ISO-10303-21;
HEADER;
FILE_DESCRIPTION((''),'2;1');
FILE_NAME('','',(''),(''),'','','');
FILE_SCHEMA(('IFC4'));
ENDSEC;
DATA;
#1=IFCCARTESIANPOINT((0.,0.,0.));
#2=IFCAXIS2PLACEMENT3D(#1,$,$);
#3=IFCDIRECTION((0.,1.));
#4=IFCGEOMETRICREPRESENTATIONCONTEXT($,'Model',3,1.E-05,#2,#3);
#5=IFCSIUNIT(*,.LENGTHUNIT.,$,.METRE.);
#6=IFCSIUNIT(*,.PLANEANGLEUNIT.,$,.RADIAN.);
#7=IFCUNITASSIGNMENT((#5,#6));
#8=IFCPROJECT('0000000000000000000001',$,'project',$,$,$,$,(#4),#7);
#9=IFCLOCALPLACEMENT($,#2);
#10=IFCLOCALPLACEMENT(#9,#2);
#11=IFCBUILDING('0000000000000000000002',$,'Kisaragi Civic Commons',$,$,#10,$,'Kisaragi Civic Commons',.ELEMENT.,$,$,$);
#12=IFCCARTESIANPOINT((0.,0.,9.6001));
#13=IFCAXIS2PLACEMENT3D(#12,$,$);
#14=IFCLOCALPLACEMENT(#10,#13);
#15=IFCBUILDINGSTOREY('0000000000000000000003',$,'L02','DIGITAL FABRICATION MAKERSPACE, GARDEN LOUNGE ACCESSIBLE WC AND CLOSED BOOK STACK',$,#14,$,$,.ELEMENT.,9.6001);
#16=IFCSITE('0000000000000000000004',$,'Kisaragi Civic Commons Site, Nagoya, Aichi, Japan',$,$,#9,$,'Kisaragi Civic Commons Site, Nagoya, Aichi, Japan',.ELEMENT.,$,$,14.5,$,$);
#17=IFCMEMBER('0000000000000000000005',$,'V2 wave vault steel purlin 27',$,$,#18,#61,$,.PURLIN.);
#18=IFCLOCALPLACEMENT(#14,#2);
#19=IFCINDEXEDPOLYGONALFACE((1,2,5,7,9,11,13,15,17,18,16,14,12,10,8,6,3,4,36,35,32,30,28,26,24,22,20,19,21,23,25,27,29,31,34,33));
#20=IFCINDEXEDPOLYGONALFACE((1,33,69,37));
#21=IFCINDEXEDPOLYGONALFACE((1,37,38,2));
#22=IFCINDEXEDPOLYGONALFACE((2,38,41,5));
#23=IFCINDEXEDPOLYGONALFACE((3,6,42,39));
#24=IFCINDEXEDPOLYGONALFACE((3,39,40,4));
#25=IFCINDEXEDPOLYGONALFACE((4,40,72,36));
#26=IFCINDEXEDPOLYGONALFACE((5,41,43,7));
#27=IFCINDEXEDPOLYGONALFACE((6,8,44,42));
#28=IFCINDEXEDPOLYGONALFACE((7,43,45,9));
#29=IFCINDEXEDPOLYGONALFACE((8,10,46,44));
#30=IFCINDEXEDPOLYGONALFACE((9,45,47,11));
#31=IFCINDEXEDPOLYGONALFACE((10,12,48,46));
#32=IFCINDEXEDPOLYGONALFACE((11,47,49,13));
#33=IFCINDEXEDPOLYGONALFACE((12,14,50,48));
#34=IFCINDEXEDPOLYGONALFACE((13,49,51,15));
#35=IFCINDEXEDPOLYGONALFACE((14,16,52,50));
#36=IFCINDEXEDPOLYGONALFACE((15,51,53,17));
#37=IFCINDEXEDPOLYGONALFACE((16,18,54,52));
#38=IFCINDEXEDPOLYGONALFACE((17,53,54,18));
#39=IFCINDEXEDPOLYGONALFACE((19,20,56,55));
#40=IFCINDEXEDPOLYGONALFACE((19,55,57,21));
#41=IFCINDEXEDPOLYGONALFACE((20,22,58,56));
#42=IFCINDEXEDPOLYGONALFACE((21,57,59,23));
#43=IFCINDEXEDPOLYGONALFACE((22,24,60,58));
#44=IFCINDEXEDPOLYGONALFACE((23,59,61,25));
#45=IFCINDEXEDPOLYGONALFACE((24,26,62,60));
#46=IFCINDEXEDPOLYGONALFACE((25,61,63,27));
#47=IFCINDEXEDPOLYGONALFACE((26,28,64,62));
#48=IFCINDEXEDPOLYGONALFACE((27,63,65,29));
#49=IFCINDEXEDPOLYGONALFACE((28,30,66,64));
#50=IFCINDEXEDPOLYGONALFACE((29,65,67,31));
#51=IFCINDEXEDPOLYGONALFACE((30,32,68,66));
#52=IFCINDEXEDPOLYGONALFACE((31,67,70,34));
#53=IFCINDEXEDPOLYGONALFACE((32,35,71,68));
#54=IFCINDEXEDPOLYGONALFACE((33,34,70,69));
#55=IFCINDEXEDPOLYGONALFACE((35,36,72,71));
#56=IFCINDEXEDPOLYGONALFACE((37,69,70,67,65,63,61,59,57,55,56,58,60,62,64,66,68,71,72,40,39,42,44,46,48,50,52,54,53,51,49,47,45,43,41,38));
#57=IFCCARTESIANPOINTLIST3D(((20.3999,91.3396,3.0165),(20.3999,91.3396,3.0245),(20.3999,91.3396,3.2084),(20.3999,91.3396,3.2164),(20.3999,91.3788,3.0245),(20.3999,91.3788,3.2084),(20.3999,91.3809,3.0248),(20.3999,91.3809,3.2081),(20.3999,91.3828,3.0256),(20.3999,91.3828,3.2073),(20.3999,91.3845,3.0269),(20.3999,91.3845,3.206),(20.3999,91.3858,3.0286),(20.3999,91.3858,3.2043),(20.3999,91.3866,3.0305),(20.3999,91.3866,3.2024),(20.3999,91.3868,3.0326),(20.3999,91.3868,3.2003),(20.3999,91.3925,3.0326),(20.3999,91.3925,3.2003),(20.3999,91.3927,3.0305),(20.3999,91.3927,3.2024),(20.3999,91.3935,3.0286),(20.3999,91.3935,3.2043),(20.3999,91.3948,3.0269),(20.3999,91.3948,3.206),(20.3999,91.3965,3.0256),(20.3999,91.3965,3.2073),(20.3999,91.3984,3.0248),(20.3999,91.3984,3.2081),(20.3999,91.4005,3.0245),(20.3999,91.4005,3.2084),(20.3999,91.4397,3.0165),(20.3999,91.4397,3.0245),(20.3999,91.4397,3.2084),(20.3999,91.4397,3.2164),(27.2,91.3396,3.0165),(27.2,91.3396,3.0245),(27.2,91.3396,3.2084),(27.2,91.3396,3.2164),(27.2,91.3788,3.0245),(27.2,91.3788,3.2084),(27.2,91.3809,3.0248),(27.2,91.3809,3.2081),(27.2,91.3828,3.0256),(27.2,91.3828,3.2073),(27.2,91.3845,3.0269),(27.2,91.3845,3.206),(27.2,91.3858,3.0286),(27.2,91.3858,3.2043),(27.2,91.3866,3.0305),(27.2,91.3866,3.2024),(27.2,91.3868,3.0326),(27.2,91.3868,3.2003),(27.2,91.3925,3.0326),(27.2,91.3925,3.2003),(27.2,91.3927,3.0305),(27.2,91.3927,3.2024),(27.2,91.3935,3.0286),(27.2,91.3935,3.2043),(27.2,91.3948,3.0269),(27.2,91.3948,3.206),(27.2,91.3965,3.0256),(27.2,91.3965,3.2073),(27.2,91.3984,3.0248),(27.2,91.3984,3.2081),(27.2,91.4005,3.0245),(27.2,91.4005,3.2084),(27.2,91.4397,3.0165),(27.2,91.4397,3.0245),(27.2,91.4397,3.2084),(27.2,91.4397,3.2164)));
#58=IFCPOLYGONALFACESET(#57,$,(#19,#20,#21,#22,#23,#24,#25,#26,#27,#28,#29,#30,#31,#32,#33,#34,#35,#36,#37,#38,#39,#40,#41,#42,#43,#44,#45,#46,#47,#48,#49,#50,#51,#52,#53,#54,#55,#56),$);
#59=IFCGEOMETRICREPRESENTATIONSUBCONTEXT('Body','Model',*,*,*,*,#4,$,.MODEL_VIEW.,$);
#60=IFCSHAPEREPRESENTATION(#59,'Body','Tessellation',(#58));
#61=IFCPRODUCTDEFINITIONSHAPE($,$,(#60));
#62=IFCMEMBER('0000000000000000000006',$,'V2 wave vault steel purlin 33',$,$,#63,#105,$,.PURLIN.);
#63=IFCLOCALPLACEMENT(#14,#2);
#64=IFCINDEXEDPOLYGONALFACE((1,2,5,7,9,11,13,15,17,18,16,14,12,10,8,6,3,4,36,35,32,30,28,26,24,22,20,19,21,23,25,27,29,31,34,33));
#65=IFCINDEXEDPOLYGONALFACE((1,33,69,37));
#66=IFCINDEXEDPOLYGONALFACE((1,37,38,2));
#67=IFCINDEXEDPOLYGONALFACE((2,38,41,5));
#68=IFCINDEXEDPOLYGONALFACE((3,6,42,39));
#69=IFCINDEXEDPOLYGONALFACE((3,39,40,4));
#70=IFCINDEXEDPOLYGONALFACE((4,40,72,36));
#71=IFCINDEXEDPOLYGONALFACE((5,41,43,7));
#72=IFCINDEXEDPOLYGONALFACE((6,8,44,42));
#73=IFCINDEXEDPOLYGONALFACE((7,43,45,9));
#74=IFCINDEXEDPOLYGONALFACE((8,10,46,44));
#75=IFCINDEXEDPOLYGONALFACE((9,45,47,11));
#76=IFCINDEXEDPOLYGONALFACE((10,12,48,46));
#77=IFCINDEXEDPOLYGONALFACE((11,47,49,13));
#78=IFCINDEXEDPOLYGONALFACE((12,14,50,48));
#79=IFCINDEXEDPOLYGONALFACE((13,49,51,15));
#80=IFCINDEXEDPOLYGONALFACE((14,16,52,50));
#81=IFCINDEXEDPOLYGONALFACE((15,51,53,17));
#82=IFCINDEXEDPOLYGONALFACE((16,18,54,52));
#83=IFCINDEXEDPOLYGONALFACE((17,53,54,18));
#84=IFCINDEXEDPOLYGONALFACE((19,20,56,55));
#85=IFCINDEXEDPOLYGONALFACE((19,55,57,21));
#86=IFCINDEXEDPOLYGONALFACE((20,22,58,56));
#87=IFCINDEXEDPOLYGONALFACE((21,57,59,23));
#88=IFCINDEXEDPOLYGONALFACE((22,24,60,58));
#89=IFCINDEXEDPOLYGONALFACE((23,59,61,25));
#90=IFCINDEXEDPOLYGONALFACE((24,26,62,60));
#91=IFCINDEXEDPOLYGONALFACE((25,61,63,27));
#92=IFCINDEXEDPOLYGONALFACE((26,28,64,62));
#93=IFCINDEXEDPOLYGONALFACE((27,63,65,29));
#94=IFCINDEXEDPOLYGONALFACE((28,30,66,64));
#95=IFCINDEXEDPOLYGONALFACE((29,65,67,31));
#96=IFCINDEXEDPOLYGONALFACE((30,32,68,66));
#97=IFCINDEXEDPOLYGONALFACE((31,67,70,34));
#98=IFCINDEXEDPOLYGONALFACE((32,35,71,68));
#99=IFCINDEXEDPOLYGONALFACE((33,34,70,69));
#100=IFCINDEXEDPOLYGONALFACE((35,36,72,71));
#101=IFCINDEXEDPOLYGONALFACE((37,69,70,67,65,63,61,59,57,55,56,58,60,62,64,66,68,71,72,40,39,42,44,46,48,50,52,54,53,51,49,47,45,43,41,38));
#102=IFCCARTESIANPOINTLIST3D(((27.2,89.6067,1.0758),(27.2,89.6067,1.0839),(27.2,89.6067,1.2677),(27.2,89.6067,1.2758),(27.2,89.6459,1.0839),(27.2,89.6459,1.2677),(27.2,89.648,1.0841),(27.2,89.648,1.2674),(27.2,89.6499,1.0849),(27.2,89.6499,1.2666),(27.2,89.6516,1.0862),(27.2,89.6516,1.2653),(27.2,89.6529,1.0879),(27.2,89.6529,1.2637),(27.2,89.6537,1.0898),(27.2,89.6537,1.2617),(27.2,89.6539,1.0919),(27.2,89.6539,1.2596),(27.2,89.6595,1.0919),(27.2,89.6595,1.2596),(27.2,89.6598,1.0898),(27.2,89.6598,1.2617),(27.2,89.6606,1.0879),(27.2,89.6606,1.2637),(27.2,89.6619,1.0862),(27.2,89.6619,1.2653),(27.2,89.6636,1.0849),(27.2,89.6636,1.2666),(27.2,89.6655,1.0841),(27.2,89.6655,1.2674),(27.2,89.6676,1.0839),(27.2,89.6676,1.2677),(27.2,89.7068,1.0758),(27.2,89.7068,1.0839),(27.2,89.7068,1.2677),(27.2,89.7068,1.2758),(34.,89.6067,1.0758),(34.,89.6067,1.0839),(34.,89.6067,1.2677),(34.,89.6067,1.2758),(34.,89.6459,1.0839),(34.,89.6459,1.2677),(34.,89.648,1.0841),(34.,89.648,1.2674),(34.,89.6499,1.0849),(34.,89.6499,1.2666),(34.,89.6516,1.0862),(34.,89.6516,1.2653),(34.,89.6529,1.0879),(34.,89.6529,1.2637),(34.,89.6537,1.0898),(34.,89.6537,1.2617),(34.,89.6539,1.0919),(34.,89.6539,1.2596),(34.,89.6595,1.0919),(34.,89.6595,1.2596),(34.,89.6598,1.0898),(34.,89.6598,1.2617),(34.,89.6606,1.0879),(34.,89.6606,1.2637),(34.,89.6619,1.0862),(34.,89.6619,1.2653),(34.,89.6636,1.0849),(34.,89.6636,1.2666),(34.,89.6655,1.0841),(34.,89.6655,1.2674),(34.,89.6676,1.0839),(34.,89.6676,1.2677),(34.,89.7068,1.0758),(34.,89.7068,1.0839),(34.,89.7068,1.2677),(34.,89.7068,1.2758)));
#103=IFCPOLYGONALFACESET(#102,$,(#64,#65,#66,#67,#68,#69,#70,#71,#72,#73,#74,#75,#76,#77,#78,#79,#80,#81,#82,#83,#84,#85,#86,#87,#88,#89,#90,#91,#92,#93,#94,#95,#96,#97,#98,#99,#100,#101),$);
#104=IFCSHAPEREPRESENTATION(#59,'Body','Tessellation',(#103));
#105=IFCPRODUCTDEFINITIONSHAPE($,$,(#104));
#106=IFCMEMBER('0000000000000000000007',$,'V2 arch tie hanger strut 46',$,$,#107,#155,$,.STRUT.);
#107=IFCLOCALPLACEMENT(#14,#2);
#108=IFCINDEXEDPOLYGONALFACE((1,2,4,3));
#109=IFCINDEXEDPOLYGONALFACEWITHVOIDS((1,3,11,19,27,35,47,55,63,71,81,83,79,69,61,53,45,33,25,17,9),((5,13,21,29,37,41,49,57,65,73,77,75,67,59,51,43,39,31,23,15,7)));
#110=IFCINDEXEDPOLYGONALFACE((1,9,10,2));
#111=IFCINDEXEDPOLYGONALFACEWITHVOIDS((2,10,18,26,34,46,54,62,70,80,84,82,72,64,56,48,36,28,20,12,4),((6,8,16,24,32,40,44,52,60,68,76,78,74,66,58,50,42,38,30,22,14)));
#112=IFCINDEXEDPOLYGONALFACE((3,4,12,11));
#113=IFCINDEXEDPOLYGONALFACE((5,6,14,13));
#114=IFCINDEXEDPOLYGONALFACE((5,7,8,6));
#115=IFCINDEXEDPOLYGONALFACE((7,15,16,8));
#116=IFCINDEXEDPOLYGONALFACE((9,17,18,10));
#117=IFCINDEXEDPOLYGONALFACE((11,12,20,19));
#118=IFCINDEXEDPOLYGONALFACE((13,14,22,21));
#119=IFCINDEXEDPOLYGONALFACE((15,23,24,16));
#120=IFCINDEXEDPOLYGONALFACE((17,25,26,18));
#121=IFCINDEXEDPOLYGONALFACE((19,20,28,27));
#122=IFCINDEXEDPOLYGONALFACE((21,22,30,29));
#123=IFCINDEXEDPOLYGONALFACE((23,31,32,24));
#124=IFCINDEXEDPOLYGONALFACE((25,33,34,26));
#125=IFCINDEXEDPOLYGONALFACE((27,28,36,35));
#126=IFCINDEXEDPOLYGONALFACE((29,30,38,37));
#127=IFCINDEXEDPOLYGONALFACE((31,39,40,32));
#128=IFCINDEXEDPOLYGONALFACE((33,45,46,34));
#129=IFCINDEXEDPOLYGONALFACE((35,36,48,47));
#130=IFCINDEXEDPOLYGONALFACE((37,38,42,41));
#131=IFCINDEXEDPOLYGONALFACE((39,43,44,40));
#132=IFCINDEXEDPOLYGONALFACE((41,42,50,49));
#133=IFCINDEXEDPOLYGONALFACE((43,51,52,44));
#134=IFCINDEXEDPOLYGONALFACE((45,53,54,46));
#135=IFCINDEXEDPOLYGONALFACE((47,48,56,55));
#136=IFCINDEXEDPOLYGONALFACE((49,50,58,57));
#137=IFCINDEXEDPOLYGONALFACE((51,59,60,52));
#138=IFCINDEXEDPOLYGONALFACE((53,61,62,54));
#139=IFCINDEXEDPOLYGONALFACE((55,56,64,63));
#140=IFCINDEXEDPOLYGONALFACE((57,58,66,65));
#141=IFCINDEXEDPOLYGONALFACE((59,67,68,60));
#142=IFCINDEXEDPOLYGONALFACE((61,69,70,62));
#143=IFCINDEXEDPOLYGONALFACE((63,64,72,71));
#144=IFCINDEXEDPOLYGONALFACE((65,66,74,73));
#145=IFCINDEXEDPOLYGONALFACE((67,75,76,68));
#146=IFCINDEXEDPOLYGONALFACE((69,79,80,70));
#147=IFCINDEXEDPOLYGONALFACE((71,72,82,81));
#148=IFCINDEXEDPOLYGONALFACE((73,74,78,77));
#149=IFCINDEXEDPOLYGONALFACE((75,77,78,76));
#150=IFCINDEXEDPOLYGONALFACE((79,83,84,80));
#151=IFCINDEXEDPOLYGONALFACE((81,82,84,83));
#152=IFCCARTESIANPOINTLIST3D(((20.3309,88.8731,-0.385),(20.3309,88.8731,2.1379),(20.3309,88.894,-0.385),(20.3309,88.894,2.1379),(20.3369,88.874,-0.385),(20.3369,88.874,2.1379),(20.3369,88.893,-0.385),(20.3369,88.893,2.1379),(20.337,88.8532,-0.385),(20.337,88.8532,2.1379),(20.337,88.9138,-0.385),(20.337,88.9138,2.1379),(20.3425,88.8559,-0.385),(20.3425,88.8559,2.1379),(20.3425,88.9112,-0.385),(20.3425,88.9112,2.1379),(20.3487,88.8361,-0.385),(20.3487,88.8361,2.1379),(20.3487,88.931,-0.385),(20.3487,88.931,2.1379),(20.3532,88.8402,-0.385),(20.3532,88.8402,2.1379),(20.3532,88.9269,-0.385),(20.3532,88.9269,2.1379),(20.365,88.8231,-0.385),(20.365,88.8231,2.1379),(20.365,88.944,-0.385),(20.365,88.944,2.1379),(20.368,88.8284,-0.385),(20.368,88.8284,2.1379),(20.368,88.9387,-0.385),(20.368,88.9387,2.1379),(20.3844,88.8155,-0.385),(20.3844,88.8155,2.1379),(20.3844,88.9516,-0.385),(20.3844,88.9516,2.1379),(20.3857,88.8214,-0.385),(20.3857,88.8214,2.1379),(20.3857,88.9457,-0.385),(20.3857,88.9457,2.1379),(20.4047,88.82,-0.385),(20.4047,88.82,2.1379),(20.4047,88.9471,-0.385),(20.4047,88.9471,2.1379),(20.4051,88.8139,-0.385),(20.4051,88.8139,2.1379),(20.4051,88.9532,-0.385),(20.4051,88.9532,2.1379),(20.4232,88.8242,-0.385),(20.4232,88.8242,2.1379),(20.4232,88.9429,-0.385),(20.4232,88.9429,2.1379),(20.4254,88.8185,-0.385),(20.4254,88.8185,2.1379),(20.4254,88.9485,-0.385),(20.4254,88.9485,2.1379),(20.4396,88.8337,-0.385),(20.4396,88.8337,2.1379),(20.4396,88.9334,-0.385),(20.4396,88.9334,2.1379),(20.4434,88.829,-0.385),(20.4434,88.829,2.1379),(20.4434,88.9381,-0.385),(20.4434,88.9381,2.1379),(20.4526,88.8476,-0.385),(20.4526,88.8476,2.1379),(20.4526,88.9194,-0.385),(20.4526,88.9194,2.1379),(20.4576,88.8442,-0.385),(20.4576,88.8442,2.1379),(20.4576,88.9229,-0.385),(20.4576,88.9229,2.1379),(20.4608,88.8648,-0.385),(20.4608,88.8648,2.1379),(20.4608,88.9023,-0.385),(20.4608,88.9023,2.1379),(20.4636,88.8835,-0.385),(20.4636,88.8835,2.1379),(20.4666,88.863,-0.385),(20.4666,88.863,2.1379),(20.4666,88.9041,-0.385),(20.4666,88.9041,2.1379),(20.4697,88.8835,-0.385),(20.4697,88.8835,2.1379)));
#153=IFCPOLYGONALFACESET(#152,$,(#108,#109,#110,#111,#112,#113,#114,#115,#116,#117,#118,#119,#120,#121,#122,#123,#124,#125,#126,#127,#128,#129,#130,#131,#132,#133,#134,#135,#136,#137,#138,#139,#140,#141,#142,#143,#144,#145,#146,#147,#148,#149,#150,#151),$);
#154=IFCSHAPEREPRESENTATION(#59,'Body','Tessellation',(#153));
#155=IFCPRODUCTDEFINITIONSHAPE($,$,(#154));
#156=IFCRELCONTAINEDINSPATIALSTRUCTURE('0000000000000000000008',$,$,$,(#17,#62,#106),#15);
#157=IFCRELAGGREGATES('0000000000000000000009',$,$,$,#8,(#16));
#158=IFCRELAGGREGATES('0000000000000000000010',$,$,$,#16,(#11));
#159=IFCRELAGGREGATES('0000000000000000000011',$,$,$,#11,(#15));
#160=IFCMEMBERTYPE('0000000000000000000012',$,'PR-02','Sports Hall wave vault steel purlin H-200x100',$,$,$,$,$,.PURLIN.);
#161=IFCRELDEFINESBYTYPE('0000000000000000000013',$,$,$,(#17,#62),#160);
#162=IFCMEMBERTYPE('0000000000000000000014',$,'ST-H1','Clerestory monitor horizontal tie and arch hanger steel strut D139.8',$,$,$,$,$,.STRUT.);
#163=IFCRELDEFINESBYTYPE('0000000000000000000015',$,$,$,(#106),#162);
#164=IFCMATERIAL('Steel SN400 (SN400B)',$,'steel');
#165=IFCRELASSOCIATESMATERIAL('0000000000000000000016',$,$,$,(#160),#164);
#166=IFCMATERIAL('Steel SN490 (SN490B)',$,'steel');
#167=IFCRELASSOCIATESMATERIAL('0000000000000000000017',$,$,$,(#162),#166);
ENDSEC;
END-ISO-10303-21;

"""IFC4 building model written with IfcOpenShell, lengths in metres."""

from ifc_helpers import new_model, si_unit, direction, frame, origin, origin_2d, place, context, subcontext, project, spatial, hollow_circle, i_section, extrude, material, material_profile, profile_set, type_object, element, save


model = new_model("IFC4")

# Units and contexts
model_context = context("Model", 3, precision=1e-05, world=origin(), true_north=direction((0.0, 1.0)))
body_context = subcontext(model_context, "Body", "Model", "MODEL_VIEW")
ifc_project = project(units=[si_unit("LENGTHUNIT", "METRE"), si_unit("PLANEANGLEUNIT", "RADIAN")], contexts=[model_context])

# Site, building, storey
site_placement = place(None, origin())
site = spatial("IfcSite", under=ifc_project, at=site_placement, Name="Kisaragi Civic Commons Site, Nagoya, Aichi, Japan", LongName="Kisaragi Civic Commons Site, Nagoya, Aichi, Japan", CompositionType="ELEMENT", RefElevation=14.5)
building_placement = place(site_placement, origin())
building = spatial("IfcBuilding", under=site, at=building_placement, Name="Kisaragi Civic Commons", LongName="Kisaragi Civic Commons", CompositionType="ELEMENT")
storey_placement = place(building_placement, frame((0.0, 0.0, 9.6001)))
storey = spatial("IfcBuildingStorey", under=building, at=storey_placement, Name="L02", Description="DIGITAL FABRICATION MAKERSPACE, GARDEN LOUNGE ACCESSIBLE WC AND CLOSED BOOK STACK", CompositionType="ELEMENT", Elevation=9.6001)

# Members
ifc_material_1 = material(Name="Steel SN490 (SN490B)", Category="steel")
ifc_material_2 = material(Name="Steel SN400 (SN400B)", Category="steel")
ifc_material_profile_1 = material_profile(ifc_material_2, i_section(OverallWidth=0.1001, OverallDepth=0.2, WebThickness=0.0056, FlangeThickness=0.0081, FilletRadius=0.0081, at=origin_2d()), Name="H-200x100x5.5x8", Category="steel")
ifc_profile_set_1 = profile_set([ifc_material_profile_1], Name="Steel SN400 (SN400B)")
member_type_1 = type_object("IfcMemberType", Name="PR-02", Description="Sports Hall wave vault steel purlin H-200x100", PredefinedType="PURLIN", material=ifc_profile_set_1)
for number, where, z_axis, x_axis, name in (
    (1, (20.3999, 91.3896, 3.1165), (1.0, 0.0, 0.0), (0.0, 1.0, 0.0), "V2 wave vault steel purlin 27"),
    (2, (27.2, 89.6567, 1.1758), (1.0, 0.0, 0.0), (0.0, 1.0, 0.0), "V2 wave vault steel purlin 33"),
):
    element("IfcMember", number, at=place(storey_placement, frame(where, z_axis=z_axis, x_axis=x_axis)), inside=storey, type_object=member_type_1, Name=name, PredefinedType="PURLIN", context=body_context, shape_type="SweptSolid", body=[
        extrude(i_section(OverallWidth=0.1001, OverallDepth=0.2, WebThickness=0.0056, FlangeThickness=0.0081, FilletRadius=0.0081, at=origin_2d()), origin(), (0.0, 0.0, 1.0), 6.8),
    ])
ifc_material_profile_2 = material_profile(ifc_material_1, hollow_circle(Radius=0.0698, WallThickness=0.0061, at=origin_2d()), Name="CHS-139.8x6.0", Category="steel")
ifc_profile_set_2 = profile_set([ifc_material_profile_2], Name="Steel SN490 (SN490B)")
member_type_2 = type_object("IfcMemberType", Name="ST-H1", Description="Clerestory monitor horizontal tie and arch hanger steel strut D139.8", PredefinedType="STRUT", material=ifc_profile_set_2)
member_1_placement = place(storey_placement, frame((20.3999, 88.8835, -0.385), z_axis=(0.0, 0.0, 1.0), x_axis=(1.0, 0.0, 0.0)))
element("IfcMember", 3, at=member_1_placement, inside=storey, type_object=member_type_2, Name="V2 arch tie hanger strut 46", PredefinedType="STRUT", context=body_context, shape_type="SweptSolid", body=[
    extrude(hollow_circle(Radius=0.0698, WallThickness=0.0061, at=origin_2d()), origin(), (0.0, 0.0, 1.0), 2.5229),
])

save(model, "model.ifc")
